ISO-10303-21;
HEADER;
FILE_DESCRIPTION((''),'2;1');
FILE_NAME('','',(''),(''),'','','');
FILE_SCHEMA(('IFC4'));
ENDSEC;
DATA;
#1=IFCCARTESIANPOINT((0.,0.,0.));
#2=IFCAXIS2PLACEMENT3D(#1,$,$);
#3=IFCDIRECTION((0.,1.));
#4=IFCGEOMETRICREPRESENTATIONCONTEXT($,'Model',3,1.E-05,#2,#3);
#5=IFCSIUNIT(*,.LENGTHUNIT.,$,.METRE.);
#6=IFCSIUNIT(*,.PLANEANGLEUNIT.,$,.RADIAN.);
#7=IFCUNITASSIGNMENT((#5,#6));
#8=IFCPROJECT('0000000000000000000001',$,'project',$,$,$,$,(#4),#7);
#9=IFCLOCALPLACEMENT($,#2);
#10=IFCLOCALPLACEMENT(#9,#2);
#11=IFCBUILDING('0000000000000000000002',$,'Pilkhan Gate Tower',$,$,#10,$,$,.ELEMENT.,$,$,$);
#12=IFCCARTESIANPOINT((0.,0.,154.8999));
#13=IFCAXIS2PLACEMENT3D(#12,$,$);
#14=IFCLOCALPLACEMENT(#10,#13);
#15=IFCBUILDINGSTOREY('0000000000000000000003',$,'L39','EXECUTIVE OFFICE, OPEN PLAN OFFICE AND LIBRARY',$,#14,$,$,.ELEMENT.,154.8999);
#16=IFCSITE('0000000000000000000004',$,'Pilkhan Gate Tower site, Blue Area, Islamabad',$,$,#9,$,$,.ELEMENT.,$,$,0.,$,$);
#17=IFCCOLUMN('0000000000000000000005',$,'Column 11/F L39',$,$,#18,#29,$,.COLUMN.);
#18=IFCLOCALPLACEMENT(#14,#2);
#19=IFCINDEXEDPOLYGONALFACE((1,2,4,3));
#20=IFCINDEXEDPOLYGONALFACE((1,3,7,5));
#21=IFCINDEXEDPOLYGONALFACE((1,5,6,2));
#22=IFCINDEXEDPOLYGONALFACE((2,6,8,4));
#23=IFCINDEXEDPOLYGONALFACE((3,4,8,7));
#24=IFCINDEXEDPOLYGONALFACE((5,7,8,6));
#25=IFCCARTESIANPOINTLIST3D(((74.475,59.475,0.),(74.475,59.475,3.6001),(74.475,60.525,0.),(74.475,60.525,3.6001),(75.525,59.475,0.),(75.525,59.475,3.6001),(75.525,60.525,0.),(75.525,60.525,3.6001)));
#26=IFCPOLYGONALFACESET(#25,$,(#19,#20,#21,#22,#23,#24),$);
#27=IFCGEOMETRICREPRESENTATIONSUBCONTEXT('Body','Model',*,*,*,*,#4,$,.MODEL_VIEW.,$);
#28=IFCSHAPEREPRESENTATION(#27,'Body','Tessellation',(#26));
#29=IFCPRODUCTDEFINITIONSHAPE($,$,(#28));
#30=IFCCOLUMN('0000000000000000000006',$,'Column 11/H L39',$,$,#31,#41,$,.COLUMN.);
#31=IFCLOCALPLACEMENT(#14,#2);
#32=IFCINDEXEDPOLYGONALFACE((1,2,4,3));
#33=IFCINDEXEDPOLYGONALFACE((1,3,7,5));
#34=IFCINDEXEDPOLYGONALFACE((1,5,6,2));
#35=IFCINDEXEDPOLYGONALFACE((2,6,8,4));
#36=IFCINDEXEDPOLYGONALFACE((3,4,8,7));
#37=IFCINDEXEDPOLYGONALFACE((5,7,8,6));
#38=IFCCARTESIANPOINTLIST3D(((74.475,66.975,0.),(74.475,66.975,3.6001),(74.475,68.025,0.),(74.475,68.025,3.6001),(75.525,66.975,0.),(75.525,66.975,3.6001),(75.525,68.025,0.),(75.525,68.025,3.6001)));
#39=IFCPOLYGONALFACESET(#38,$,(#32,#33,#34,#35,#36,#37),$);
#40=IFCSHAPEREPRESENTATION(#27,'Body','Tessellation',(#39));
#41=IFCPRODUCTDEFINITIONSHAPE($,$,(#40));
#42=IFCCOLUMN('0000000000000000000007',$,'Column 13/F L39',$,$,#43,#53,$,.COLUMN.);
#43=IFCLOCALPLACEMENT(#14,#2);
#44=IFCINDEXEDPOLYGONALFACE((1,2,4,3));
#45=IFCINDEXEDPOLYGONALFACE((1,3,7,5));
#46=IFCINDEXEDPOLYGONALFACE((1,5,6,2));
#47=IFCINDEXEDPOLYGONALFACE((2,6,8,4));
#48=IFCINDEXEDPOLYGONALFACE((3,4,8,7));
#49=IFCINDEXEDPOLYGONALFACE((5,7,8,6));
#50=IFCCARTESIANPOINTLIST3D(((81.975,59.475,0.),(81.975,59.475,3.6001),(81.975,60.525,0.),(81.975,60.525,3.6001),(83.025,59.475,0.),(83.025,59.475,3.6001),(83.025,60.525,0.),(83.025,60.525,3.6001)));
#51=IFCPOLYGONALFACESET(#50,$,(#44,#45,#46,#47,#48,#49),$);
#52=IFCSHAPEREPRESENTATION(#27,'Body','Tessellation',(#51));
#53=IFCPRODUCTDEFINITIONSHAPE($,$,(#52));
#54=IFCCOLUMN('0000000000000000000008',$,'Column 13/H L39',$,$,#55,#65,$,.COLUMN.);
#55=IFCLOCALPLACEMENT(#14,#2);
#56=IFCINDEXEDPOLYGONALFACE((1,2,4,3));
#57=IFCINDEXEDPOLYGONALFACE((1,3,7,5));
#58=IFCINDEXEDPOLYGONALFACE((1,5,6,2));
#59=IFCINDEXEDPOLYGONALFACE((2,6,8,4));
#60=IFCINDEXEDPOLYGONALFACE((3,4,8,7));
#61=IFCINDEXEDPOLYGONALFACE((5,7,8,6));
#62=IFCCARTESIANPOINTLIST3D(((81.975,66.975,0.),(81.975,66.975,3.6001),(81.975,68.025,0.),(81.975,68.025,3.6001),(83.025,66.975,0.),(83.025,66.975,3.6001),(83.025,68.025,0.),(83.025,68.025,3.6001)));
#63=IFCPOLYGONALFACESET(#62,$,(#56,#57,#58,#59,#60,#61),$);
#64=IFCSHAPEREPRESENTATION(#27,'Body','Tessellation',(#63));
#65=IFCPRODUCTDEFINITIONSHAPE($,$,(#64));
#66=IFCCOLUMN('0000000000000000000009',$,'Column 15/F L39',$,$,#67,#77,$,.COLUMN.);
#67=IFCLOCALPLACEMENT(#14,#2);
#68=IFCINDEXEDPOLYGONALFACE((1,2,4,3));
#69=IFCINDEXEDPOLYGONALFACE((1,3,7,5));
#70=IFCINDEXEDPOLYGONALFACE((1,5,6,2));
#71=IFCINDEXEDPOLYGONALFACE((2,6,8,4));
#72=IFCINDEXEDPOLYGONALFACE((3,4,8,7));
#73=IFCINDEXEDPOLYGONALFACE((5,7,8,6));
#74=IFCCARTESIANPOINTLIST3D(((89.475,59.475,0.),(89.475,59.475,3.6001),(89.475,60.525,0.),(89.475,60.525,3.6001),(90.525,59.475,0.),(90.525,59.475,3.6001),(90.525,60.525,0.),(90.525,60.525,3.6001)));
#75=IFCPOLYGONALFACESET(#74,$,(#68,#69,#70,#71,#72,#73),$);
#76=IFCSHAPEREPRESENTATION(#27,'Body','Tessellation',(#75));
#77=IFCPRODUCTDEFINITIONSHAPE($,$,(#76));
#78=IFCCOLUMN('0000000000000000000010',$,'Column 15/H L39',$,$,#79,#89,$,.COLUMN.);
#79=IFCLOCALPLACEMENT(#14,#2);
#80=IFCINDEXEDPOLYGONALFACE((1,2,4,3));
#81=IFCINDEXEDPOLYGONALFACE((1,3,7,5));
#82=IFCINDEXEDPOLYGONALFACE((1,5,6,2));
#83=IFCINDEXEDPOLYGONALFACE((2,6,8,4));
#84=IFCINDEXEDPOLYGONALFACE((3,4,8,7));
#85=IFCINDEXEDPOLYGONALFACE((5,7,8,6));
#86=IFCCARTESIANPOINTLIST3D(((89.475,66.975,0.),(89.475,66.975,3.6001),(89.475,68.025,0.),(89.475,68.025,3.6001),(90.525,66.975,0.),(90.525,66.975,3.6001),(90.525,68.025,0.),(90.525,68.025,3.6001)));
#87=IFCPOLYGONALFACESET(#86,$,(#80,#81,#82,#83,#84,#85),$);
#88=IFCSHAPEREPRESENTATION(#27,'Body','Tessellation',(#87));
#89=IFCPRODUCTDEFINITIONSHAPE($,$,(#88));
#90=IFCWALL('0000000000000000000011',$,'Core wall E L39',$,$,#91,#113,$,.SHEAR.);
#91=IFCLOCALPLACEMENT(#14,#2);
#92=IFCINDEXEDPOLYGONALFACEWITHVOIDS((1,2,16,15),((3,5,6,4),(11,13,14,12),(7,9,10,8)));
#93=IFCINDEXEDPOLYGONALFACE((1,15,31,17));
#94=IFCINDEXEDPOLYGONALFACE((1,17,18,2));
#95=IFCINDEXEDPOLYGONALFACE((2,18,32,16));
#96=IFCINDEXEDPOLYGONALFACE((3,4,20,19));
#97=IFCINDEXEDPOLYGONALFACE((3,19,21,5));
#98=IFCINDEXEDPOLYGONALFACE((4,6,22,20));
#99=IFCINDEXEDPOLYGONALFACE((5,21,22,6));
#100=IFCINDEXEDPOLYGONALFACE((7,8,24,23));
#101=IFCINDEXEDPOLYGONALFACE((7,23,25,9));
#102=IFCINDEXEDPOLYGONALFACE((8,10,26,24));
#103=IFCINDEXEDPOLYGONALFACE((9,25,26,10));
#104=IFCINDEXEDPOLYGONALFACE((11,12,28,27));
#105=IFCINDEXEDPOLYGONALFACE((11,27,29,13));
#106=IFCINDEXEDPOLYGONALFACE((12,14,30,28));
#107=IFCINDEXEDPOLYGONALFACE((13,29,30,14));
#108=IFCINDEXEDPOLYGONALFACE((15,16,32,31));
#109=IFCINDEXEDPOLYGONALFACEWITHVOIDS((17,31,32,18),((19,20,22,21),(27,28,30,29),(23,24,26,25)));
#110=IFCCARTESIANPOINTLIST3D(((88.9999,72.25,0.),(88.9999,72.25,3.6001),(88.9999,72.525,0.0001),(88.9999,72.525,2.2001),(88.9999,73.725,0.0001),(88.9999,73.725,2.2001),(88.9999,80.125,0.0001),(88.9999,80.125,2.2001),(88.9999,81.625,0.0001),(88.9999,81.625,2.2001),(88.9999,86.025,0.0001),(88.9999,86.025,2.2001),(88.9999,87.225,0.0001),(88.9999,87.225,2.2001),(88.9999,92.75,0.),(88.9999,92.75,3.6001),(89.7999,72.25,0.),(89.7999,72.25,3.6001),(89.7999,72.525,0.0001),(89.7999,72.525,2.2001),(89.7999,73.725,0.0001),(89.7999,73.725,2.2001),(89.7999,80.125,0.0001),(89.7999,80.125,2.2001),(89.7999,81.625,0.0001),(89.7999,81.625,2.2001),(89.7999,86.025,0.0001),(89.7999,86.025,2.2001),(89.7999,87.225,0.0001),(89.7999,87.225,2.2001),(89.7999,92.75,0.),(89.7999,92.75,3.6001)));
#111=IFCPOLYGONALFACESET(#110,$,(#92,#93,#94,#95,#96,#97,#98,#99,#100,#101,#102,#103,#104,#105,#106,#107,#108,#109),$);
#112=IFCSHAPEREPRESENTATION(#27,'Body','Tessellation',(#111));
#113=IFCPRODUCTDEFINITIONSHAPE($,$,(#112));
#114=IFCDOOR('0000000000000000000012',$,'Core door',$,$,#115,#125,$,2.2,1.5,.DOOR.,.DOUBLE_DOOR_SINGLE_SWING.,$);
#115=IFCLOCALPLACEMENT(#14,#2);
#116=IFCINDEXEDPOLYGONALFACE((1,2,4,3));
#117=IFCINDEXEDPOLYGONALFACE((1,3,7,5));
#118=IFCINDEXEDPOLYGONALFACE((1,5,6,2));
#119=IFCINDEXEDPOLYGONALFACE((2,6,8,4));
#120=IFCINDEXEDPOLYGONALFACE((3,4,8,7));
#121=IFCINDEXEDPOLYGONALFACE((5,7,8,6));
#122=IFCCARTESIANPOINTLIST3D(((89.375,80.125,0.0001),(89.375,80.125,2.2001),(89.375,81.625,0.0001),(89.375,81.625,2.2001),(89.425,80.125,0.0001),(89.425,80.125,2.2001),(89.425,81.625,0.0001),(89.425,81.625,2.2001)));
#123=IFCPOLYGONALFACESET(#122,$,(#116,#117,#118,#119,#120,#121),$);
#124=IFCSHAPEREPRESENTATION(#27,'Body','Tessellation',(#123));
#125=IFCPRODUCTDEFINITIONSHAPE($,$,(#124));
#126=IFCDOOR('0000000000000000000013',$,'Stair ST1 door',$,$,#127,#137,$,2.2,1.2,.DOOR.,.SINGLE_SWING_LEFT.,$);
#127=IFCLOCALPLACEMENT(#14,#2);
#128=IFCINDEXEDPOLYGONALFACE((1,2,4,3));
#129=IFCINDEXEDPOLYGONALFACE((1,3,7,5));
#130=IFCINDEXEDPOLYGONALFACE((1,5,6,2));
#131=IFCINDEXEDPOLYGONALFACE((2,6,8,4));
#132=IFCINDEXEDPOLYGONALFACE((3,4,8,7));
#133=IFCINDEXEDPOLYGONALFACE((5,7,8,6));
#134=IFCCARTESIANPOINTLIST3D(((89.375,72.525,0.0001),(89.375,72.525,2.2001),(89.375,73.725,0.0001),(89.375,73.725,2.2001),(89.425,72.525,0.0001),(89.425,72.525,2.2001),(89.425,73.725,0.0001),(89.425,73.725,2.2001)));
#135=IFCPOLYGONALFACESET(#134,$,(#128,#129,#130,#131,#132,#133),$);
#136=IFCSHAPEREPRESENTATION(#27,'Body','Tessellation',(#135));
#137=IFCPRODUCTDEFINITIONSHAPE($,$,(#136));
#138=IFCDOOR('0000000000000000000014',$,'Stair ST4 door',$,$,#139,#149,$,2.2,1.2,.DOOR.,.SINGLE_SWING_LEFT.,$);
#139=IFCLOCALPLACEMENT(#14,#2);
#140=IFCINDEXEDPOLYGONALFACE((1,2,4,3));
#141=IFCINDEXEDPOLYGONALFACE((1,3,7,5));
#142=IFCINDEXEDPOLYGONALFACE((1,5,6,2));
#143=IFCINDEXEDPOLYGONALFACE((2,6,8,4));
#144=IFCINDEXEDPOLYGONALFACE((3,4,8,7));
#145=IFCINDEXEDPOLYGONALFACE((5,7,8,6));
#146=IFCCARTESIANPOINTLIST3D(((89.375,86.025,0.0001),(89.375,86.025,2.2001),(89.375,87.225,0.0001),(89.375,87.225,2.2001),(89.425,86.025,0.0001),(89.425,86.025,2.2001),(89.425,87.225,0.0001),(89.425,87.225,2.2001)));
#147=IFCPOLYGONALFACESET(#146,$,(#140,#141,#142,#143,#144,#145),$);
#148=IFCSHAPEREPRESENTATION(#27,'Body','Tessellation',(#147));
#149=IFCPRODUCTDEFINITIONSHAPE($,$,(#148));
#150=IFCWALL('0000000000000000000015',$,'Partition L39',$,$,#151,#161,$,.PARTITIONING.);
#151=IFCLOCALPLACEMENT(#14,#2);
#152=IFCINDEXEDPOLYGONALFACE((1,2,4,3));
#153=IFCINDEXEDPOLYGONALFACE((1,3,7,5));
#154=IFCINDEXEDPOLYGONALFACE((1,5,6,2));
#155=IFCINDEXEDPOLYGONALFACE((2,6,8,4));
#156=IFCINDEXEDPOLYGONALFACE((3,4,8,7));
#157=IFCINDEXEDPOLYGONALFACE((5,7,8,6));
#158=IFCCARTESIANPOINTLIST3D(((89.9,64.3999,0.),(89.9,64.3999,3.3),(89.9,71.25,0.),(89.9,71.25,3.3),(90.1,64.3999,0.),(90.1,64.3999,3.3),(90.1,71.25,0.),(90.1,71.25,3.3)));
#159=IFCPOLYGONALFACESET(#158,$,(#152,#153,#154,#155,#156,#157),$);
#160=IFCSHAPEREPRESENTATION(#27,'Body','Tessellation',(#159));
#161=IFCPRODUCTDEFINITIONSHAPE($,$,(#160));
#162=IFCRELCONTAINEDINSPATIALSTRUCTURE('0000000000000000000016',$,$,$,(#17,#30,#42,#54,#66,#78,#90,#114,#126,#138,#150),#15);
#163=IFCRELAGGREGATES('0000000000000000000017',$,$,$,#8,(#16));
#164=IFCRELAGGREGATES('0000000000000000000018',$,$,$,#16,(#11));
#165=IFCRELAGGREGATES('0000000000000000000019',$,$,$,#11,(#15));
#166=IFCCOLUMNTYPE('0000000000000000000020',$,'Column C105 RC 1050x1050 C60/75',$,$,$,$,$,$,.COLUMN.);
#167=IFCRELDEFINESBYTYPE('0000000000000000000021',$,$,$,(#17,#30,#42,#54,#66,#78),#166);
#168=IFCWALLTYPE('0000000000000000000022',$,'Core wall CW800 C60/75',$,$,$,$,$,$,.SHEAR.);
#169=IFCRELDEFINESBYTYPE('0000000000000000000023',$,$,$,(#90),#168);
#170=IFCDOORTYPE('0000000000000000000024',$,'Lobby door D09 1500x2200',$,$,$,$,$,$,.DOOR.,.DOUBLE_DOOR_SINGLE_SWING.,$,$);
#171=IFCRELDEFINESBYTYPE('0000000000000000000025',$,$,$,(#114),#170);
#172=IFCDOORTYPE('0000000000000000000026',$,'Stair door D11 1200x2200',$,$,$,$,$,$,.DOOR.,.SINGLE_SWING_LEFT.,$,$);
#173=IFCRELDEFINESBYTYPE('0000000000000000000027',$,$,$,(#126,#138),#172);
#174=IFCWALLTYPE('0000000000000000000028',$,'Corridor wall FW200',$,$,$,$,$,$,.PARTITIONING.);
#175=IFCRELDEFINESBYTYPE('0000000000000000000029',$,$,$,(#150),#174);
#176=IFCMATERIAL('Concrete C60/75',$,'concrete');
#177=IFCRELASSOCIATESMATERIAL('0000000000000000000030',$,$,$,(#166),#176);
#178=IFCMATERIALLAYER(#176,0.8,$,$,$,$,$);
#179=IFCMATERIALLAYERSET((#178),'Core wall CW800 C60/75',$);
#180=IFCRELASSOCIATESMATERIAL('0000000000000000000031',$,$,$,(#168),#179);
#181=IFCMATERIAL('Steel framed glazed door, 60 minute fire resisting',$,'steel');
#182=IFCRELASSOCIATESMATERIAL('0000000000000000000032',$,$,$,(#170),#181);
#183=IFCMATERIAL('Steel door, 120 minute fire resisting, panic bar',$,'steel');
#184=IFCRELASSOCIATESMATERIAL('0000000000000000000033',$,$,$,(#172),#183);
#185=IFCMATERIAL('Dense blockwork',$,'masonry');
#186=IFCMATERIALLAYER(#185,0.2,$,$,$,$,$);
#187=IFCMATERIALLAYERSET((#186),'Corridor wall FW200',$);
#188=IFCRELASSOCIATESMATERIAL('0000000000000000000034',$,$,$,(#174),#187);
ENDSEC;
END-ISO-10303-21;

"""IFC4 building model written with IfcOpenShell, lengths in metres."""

from ifc_helpers import new_model, si_unit, direction, frame, frame_2d, origin, origin_2d, place, context, subcontext, project, spatial, rectangle, extrude, material, layer, layer_set, material_profile, profile_set, type_object, element, fill, save


model = new_model("IFC4")

# Units and contexts
model_context = context("Model", 3, precision=1e-05, world=origin(), true_north=direction((0.0, 1.0)))
body_context = subcontext(model_context, "Body", "Model", "MODEL_VIEW")
ifc_project = project(units=[si_unit("LENGTHUNIT", "METRE"), si_unit("PLANEANGLEUNIT", "RADIAN")], contexts=[model_context])

# Site, building, storey
site_placement = place(None, origin())
site = spatial("IfcSite", under=ifc_project, at=site_placement, Name="Pilkhan Gate Tower site, Blue Area, Islamabad", CompositionType="ELEMENT", RefElevation=0.0)
building_placement = place(site_placement, origin())
building = spatial("IfcBuilding", under=site, at=building_placement, Name="Pilkhan Gate Tower", CompositionType="ELEMENT")
storey_placement = place(building_placement, frame((0.0, 0.0, 154.8999)))
storey = spatial("IfcBuildingStorey", under=building, at=storey_placement, Name="L39", Description="EXECUTIVE OFFICE, OPEN PLAN OFFICE AND LIBRARY", CompositionType="ELEMENT", Elevation=154.8999)

# Columns
ifc_material_1 = material(Name="Concrete C60/75", Category="concrete")
ifc_material_profile = material_profile(ifc_material_1, rectangle(XDim=1.05, YDim=1.05, at=origin_2d()), Name="RC 1050x1050")
ifc_profile_set = profile_set([ifc_material_profile], Name="Concrete C60/75")
column_type = type_object("IfcColumnType", Name="Column C105 RC 1050x1050 C60/75", PredefinedType="COLUMN", material=ifc_profile_set)
for number, where, z_axis, x_axis, name in (
    (1, (75.0, 60.0, 0.0), (0.0, 0.0, 1.0), (1.0, 0.0, 0.0), "Column 11/F L39"),
    (2, (75.0, 67.5, 0.0), (0.0, 0.0, 1.0), (1.0, 0.0, 0.0), "Column 11/H L39"),
    (3, (82.5, 60.0, 0.0), (0.0, 0.0, 1.0), (1.0, 0.0, 0.0), "Column 13/F L39"),
    (4, (82.5, 67.5, 0.0), (0.0, 0.0, 1.0), (1.0, 0.0, 0.0), "Column 13/H L39"),
    (5, (90.0, 60.0, 0.0), (0.0, 0.0, 1.0), (1.0, 0.0, 0.0), "Column 15/F L39"),
    (6, (90.0, 67.5, 0.0), (0.0, 0.0, 1.0), (1.0, 0.0, 0.0), "Column 15/H L39"),
):
    element("IfcColumn", number, at=place(storey_placement, frame(where, z_axis=z_axis, x_axis=x_axis)), inside=storey, type_object=column_type, Name=name, PredefinedType="COLUMN", context=body_context, shape_type="SweptSolid", body=[
        extrude(rectangle(XDim=1.05, YDim=1.05, at=origin_2d()), origin(), (0.0, 0.0, 1.0), 3.6001),
    ])

# Wall, openings, doors
ifc_layer_1 = layer(ifc_material_1, 0.8)
ifc_layer_set_1 = layer_set([ifc_layer_1], Name="Core wall CW800 C60/75")
wall_type_1 = type_object("IfcWallType", Name="Core wall CW800 C60/75", PredefinedType="SHEAR", material=ifc_layer_set_1)
wall_1_placement = place(storey_placement, frame((89.3999, 72.25, 0.0), z_axis=(0.0, 0.0, 1.0), x_axis=(0.0, 1.0, 0.0)))
wall_1 = element("IfcWall", 7, at=wall_1_placement, inside=storey, type_object=wall_type_1, Name="Core wall E L39", PredefinedType="SHEAR", context=body_context, shape_type="SweptSolid", body=[
    extrude(rectangle(XDim=20.5, YDim=0.8, at=frame_2d((10.25, 0.0))), origin(), (0.0, 0.0, 1.0), 3.6001),
])
opening_1_placement = place(wall_1_placement, frame((0.2749, 0.0, 0.0)))
opening_1 = element("IfcOpeningElement", 8, at=opening_1_placement, cuts=wall_1, PredefinedType="OPENING", context=body_context, shape_type="SweptSolid", body=[
    extrude(rectangle(XDim=1.2, YDim=2.2, at=frame_2d((0.6001, 1.1001))), frame((0.0, 0.4099, 0.0), z_axis=(0.0, -1.0, 0.0), x_axis=(1.0, 0.0, 0.0)), (0.0, 0.0, 1.0), 0.8201),
])
opening_2_placement = place(wall_1_placement, frame((13.7749, 0.0, 0.0)))
opening_2 = element("IfcOpeningElement", 9, at=opening_2_placement, cuts=wall_1, PredefinedType="OPENING", context=body_context, shape_type="SweptSolid", body=[
    extrude(rectangle(XDim=1.2, YDim=2.2, at=frame_2d((0.6001, 1.1001))), frame((0.0, 0.4099, 0.0), z_axis=(0.0, -1.0, 0.0), x_axis=(1.0, 0.0, 0.0)), (0.0, 0.0, 1.0), 0.8201),
])
opening_3_placement = place(wall_1_placement, frame((7.875, 0.0, 0.0)))
opening_3 = element("IfcOpeningElement", 10, at=opening_3_placement, cuts=wall_1, PredefinedType="OPENING", context=body_context, shape_type="SweptSolid", body=[
    extrude(rectangle(XDim=1.5, YDim=2.2, at=frame_2d((0.75, 1.1001))), frame((0.0, 0.4099, 0.0), z_axis=(0.0, -1.0, 0.0), x_axis=(1.0, 0.0, 0.0)), (0.0, 0.0, 1.0), 0.8201),
])
ifc_material_2 = material(Name="Steel framed glazed door, 60 minute fire resisting", Category="steel")
door_type_1 = type_object("IfcDoorType", Name="Lobby door D09 1500x2200", OperationType="DOUBLE_DOOR_SINGLE_SWING", PredefinedType="DOOR", material=ifc_material_2)
door_1_placement = place(opening_3_placement, origin())
door_1 = element("IfcDoor", 11, at=door_1_placement, inside=storey, type_object=door_type_1, Name="Core door", OperationType="DOUBLE_DOOR_SINGLE_SWING", OverallHeight=2.2, OverallWidth=1.5, PredefinedType="DOOR", context=body_context, shape_type="SweptSolid", body=[
    extrude(rectangle(XDim=1.5, YDim=2.2, at=frame_2d((0.75, 1.1001))), frame((0.0, 0.0249, 0.0), z_axis=(0.0, -1.0, 0.0), x_axis=(1.0, 0.0, 0.0)), (0.0, 0.0, 1.0), 0.05),
])
fill(opening_3, door_1)
ifc_material_3 = material(Name="Steel door, 120 minute fire resisting, panic bar", Category="steel")
door_type_2 = type_object("IfcDoorType", Name="Stair door D11 1200x2200", OperationType="SINGLE_SWING_LEFT", PredefinedType="DOOR", material=ifc_material_3)
door_2_placement = place(opening_1_placement, origin())
door_2 = element("IfcDoor", 12, at=door_2_placement, inside=storey, type_object=door_type_2, Name="Stair ST1 door", OperationType="SINGLE_SWING_LEFT", OverallHeight=2.2, OverallWidth=1.2, PredefinedType="DOOR", context=body_context, shape_type="SweptSolid", body=[
    extrude(rectangle(XDim=1.2, YDim=2.2, at=frame_2d((0.6001, 1.1001))), frame((0.0, 0.0249, 0.0), z_axis=(0.0, -1.0, 0.0), x_axis=(1.0, 0.0, 0.0)), (0.0, 0.0, 1.0), 0.05),
])
fill(opening_1, door_2)
door_3_placement = place(opening_2_placement, origin())
door_3 = element("IfcDoor", 13, at=door_3_placement, inside=storey, type_object=door_type_2, Name="Stair ST4 door", OperationType="SINGLE_SWING_LEFT", OverallHeight=2.2, OverallWidth=1.2, PredefinedType="DOOR", context=body_context, shape_type="SweptSolid", body=[
    extrude(rectangle(XDim=1.2, YDim=2.2, at=frame_2d((0.6001, 1.1001))), frame((0.0, 0.0249, 0.0), z_axis=(0.0, -1.0, 0.0), x_axis=(1.0, 0.0, 0.0)), (0.0, 0.0, 1.0), 0.05),
])
fill(opening_2, door_3)

# Wall
ifc_material_4 = material(Name="Dense blockwork", Category="masonry")
ifc_layer_2 = layer(ifc_material_4, 0.2)
ifc_layer_set_2 = layer_set([ifc_layer_2], Name="Corridor wall FW200")
wall_type_2 = type_object("IfcWallType", Name="Corridor wall FW200", PredefinedType="PARTITIONING", material=ifc_layer_set_2)
wall_2_placement = place(storey_placement, frame((90.0, 64.3999, 0.0), z_axis=(0.0, 0.0, 1.0), x_axis=(0.0, 1.0, 0.0)))
element("IfcWall", 14, at=wall_2_placement, inside=storey, type_object=wall_type_2, Name="Partition L39", PredefinedType="PARTITIONING", context=body_context, shape_type="SweptSolid", body=[
    extrude(rectangle(XDim=6.8501, YDim=0.2, at=frame_2d((3.425, 0.0))), origin(), (0.0, 0.0, 1.0), 3.3),
])

save(model, "model.ifc")
